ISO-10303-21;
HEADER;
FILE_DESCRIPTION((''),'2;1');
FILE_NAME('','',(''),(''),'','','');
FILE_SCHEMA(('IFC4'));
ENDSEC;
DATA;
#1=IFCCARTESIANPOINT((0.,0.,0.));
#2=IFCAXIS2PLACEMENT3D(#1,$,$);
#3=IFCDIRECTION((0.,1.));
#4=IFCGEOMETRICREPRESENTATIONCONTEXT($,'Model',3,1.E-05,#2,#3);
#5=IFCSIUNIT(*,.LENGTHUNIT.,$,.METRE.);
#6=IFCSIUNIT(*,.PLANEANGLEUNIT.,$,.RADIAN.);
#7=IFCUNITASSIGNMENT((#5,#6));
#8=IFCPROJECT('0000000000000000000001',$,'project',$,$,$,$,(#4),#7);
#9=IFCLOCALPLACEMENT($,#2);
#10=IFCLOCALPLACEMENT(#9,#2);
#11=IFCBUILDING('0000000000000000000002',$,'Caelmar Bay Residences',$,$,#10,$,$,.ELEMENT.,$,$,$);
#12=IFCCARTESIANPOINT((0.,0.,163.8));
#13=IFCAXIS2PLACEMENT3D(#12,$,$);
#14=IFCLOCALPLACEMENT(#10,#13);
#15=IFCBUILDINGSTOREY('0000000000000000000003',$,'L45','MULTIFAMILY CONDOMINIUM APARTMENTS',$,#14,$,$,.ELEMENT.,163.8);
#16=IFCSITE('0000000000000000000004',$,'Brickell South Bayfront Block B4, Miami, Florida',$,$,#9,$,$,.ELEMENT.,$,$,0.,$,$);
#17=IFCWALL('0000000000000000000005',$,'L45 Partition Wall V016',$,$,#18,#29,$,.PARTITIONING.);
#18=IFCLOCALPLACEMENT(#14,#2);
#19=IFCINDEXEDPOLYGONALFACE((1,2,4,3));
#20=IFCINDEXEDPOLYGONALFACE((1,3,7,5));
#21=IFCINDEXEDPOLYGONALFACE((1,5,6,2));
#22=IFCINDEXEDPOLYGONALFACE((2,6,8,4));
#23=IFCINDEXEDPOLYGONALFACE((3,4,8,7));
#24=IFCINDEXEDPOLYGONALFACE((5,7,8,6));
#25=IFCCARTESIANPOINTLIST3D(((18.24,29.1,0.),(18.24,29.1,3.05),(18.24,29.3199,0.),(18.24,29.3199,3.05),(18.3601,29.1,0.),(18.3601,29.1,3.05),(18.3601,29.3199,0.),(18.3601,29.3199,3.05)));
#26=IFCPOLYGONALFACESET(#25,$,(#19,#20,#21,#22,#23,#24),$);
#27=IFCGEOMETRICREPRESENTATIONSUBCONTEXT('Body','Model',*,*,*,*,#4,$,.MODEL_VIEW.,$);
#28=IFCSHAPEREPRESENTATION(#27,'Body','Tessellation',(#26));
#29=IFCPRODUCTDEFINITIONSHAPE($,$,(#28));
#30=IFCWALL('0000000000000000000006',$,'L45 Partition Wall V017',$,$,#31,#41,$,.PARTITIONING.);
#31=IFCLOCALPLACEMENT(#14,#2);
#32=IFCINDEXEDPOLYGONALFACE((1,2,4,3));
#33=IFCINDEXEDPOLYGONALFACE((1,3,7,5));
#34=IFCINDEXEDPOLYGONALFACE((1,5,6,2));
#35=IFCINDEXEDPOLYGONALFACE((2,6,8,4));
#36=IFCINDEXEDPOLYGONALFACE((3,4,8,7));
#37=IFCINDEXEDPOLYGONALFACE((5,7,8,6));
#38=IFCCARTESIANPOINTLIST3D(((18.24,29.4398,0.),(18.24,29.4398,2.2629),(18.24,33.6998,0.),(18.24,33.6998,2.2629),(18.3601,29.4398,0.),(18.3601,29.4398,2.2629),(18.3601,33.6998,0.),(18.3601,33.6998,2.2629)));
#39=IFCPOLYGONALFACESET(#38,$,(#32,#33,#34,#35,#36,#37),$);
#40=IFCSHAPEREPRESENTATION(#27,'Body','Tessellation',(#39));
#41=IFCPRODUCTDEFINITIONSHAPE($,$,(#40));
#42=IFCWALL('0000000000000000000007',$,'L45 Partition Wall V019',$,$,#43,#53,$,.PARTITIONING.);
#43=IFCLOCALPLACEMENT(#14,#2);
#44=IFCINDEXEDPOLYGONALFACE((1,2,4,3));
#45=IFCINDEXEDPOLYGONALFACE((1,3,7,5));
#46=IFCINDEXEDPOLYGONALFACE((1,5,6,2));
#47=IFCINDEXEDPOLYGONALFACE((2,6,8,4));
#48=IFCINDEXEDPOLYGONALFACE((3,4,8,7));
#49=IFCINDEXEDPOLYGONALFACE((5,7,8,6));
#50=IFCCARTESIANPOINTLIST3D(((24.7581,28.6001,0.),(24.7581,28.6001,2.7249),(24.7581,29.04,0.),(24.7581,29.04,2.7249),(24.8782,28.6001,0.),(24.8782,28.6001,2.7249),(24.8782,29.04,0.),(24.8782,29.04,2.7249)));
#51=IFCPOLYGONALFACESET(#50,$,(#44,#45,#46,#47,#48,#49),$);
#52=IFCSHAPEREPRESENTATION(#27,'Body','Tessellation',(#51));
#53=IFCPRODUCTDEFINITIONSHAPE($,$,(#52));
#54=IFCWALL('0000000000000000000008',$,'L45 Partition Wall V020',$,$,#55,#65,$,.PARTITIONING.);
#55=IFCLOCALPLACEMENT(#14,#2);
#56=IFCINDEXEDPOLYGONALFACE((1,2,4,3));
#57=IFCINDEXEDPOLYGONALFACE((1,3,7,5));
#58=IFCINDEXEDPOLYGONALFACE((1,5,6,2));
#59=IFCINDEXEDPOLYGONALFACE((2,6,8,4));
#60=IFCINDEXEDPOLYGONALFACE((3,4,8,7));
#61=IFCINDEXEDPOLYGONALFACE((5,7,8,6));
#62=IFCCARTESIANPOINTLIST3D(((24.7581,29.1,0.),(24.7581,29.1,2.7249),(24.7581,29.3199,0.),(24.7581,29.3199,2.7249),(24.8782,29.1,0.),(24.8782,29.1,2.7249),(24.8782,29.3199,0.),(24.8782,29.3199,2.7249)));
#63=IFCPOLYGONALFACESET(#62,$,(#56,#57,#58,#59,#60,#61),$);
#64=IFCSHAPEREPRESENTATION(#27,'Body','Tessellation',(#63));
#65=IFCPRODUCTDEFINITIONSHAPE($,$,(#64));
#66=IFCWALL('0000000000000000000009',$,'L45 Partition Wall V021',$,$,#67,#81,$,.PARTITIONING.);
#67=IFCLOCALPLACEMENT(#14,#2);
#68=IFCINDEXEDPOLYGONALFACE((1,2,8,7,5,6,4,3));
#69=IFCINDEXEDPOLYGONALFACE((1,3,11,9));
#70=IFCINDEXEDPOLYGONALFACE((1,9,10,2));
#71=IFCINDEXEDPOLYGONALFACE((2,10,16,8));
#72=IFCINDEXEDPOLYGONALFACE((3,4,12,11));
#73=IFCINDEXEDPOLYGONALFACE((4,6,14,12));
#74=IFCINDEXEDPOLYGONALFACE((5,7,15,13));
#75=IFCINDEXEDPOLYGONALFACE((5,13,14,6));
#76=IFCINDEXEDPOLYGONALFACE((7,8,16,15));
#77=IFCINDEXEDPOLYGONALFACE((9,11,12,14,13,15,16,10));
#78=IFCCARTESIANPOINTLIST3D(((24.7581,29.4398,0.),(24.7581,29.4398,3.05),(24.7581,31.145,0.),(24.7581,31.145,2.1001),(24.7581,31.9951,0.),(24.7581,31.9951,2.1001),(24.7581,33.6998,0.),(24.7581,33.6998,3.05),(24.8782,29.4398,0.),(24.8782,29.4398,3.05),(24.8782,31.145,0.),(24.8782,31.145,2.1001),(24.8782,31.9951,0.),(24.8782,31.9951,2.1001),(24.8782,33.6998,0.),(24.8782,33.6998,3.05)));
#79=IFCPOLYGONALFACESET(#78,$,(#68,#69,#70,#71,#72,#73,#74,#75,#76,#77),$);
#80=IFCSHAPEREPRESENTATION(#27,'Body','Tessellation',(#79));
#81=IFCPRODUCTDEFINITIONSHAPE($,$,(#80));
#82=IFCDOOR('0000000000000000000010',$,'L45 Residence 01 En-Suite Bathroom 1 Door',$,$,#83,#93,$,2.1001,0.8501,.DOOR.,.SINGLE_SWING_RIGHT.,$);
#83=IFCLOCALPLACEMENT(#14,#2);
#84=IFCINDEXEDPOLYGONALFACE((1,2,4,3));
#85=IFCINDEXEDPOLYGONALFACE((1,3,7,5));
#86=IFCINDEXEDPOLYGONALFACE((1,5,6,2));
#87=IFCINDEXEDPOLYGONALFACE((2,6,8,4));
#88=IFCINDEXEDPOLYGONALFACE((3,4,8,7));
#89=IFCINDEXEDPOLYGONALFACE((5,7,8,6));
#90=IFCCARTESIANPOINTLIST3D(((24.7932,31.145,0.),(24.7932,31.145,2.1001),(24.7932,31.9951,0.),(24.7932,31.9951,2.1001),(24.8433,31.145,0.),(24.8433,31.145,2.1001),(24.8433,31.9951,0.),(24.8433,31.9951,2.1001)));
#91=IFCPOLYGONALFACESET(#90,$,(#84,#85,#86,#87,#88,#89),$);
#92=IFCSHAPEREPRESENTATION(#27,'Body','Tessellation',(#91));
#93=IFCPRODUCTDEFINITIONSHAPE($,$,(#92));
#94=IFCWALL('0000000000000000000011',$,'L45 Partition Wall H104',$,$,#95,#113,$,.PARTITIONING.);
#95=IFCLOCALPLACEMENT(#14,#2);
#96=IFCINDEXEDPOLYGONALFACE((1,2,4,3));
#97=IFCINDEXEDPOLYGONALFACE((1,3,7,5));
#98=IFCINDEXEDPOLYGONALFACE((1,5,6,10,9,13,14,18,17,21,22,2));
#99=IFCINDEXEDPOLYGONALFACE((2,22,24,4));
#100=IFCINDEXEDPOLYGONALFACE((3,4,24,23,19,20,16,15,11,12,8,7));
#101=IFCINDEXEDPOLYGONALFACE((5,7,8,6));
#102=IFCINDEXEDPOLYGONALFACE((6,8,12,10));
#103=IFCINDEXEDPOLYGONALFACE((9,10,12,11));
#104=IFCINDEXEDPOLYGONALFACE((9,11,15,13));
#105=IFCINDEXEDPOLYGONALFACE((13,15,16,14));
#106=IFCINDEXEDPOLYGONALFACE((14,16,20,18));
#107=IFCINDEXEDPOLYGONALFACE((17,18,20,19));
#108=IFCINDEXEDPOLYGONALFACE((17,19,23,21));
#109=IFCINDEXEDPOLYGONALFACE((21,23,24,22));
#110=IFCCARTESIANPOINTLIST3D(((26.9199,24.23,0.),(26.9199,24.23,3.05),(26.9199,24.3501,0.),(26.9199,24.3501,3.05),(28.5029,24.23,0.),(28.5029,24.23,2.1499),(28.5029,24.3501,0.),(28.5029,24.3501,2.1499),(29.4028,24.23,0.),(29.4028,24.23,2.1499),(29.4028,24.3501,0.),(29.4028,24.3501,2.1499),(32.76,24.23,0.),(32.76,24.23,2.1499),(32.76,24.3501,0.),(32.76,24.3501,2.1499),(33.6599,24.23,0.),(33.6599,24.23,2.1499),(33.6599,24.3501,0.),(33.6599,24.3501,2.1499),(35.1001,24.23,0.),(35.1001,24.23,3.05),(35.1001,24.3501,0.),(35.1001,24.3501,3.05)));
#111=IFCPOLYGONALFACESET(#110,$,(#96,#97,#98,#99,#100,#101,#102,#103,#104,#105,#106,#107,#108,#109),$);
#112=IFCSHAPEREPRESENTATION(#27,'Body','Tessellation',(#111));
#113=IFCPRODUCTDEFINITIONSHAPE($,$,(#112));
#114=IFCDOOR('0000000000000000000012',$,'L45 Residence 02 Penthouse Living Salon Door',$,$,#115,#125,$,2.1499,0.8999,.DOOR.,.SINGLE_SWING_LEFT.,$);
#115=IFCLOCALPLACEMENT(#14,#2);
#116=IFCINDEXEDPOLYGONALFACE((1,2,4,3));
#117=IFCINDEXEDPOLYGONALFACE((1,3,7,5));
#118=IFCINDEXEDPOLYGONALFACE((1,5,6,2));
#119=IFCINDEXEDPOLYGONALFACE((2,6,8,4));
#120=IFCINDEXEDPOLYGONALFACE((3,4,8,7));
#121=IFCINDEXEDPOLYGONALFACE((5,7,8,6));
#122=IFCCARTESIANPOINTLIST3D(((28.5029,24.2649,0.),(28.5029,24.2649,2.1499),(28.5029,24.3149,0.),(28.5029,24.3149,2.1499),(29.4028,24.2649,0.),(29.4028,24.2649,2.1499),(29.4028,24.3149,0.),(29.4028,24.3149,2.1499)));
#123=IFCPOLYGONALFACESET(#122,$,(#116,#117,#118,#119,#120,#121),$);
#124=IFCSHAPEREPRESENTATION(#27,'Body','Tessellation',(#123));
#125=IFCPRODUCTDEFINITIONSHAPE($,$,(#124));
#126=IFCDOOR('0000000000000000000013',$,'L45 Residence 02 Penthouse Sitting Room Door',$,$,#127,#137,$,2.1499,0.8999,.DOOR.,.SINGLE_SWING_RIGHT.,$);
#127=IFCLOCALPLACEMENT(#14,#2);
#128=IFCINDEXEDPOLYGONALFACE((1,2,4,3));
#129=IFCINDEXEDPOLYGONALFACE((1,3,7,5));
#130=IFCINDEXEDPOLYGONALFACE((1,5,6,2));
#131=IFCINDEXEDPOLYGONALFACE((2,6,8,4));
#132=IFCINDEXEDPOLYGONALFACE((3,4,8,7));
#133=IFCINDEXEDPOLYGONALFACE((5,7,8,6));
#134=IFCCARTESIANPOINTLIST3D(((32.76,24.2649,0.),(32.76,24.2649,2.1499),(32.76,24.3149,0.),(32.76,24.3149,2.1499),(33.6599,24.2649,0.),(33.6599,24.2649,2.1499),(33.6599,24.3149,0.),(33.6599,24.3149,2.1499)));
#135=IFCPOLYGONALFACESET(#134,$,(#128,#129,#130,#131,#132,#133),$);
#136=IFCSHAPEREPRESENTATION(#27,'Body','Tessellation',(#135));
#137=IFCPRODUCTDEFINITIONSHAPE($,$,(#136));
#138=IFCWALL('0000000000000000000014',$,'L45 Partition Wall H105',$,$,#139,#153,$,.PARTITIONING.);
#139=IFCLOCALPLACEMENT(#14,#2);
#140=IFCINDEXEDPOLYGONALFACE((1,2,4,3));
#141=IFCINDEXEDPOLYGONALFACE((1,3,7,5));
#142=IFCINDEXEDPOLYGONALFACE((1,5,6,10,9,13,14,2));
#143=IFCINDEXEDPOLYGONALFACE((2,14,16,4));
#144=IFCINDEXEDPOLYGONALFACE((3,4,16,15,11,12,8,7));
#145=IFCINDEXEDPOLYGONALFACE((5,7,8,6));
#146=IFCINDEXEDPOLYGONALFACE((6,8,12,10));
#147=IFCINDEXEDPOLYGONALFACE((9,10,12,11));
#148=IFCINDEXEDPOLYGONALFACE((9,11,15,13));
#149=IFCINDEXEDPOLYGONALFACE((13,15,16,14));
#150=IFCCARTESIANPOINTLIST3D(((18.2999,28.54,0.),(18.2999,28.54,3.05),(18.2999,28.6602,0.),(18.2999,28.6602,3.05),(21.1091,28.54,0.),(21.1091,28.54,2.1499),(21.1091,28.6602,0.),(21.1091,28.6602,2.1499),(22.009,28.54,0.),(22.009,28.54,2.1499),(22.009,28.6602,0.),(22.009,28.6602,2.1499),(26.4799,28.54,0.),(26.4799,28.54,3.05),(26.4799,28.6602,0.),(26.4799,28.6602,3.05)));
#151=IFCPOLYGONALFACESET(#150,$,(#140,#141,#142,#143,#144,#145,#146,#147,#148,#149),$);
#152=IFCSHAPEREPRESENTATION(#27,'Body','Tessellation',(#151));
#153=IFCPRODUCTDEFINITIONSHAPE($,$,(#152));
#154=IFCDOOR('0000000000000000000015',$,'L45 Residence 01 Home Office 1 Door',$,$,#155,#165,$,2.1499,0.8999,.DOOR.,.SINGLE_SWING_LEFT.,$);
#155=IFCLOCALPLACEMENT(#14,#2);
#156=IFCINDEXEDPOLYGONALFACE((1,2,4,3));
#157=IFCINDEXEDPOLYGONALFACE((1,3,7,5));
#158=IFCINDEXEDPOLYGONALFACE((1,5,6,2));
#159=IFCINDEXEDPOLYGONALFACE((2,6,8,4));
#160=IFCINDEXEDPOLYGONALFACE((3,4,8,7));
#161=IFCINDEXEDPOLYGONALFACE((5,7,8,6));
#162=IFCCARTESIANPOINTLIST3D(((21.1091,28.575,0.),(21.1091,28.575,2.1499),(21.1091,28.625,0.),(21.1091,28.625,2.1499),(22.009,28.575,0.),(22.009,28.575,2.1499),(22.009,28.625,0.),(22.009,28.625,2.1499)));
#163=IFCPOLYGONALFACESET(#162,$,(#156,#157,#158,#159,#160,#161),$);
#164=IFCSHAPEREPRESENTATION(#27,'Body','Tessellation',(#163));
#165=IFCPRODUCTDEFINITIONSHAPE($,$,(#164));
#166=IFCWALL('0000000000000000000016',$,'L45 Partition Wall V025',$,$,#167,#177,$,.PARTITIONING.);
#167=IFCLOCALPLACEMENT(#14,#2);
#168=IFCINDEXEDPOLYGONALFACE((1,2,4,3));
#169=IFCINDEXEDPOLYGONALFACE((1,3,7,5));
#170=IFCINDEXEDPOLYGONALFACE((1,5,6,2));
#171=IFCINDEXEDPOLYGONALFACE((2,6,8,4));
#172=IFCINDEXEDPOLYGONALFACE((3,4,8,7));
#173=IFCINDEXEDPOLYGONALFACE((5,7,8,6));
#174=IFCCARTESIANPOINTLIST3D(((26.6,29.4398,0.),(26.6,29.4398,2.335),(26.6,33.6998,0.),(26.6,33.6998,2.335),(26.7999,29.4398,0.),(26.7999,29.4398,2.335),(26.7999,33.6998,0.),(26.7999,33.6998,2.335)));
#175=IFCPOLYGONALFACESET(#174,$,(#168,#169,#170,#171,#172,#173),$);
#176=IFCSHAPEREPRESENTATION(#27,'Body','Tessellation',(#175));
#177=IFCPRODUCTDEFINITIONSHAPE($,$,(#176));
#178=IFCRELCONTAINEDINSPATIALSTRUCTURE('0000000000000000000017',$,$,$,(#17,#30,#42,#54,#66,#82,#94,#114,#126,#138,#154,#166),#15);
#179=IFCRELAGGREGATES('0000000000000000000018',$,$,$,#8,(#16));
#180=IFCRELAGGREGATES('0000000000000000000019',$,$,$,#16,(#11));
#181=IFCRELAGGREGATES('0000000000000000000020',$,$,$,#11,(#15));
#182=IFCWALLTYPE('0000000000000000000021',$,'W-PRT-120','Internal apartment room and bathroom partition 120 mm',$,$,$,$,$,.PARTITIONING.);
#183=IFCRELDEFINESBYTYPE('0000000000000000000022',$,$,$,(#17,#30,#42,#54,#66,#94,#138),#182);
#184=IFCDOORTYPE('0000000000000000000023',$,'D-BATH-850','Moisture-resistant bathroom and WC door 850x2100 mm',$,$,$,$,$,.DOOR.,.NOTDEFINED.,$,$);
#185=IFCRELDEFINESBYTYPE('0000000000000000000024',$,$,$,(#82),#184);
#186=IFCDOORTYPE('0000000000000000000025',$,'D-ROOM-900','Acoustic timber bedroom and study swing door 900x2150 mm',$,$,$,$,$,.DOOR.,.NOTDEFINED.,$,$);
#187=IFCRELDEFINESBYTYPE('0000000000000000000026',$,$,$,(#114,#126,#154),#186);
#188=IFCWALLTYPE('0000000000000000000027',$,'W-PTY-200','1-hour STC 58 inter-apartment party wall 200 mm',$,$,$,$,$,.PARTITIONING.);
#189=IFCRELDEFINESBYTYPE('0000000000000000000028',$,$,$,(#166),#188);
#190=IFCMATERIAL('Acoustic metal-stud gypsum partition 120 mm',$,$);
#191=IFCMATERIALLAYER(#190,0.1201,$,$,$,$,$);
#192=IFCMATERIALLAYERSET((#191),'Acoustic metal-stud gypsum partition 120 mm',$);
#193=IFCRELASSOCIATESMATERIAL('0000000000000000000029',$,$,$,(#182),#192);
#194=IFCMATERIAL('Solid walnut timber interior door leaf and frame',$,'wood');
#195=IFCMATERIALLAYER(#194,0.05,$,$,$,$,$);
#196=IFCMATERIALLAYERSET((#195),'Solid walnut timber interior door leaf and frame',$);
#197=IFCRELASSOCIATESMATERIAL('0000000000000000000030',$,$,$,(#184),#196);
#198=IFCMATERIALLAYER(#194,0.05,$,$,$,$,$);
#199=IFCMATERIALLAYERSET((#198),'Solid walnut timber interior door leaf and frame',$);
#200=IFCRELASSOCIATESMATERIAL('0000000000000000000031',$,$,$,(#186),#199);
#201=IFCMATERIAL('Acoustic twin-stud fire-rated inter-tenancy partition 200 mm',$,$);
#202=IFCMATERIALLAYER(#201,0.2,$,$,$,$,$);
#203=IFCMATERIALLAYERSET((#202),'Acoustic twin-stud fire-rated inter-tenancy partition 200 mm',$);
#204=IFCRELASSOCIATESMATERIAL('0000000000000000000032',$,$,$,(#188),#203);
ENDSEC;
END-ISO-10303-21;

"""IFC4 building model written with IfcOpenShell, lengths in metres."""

from ifc_helpers import new_model, si_unit, direction, frame, frame_2d, origin, place, context, subcontext, project, spatial, rectangle, extrude, material, layer, layer_set, type_object, element, fill, save


model = new_model("IFC4")

# Units and contexts
model_context = context("Model", 3, precision=1e-05, world=origin(), true_north=direction((0.0, 1.0)))
body_context = subcontext(model_context, "Body", "Model", "MODEL_VIEW")
ifc_project = project(units=[si_unit("LENGTHUNIT", "METRE"), si_unit("PLANEANGLEUNIT", "RADIAN")], contexts=[model_context])

# Site, building, storey
site_placement = place(None, origin())
site = spatial("IfcSite", under=ifc_project, at=site_placement, Name="Brickell South Bayfront Block B4, Miami, Florida", CompositionType="ELEMENT", RefElevation=0.0)
building_placement = place(site_placement, origin())
building = spatial("IfcBuilding", under=site, at=building_placement, Name="Caelmar Bay Residences", CompositionType="ELEMENT")
storey_placement = place(building_placement, frame((0.0, 0.0, 163.8)))
storey = spatial("IfcBuildingStorey", under=building, at=storey_placement, Name="L45", Description="MULTIFAMILY CONDOMINIUM APARTMENTS", CompositionType="ELEMENT", Elevation=163.8)

# Walls
ifc_material_1 = material(Name="Acoustic metal-stud gypsum partition 120 mm")
ifc_layer_1 = layer(ifc_material_1, 0.1201)
ifc_layer_set_1 = layer_set([ifc_layer_1], Name="Acoustic metal-stud gypsum partition 120 mm")
wall_type_1 = type_object("IfcWallType", Name="W-PRT-120", Description="Internal apartment room and bathroom partition 120 mm", PredefinedType="PARTITIONING", material=ifc_layer_set_1)
wall_1_placement = place(storey_placement, frame((18.3, 29.1001, 0.0), z_axis=(0.0, 0.0, 1.0), x_axis=(0.0, 1.0, 0.0)))
element("IfcWall", 1, at=wall_1_placement, inside=storey, type_object=wall_type_1, Name="L45 Partition Wall V016", PredefinedType="PARTITIONING", context=body_context, shape_type="SweptSolid", body=[
    extrude(rectangle(XDim=0.22, YDim=0.1201, at=frame_2d((0.1099, 0.0))), origin(), (0.0, 0.0, 1.0), 3.05),
])
wall_2_placement = place(storey_placement, frame((18.3, 29.4399, 0.0), z_axis=(0.0, 0.0, 1.0), x_axis=(0.0, 1.0, 0.0)))
element("IfcWall", 2, at=wall_2_placement, inside=storey, type_object=wall_type_1, Name="L45 Partition Wall V017", PredefinedType="PARTITIONING", context=body_context, shape_type="SweptSolid", body=[
    extrude(rectangle(XDim=4.26, YDim=0.1201, at=frame_2d((2.1299, 0.0))), origin(), (0.0, 0.0, 1.0), 2.2629),
])
wall_3_placement = place(storey_placement, frame((24.8181, 28.6001, 0.0), z_axis=(0.0, 0.0, 1.0), x_axis=(0.0, 1.0, 0.0)))
element("IfcWall", 3, at=wall_3_placement, inside=storey, type_object=wall_type_1, Name="L45 Partition Wall V019", PredefinedType="PARTITIONING", context=body_context, shape_type="SweptSolid", body=[
    extrude(rectangle(XDim=0.4399, YDim=0.1201, at=frame_2d((0.22, 0.0))), origin(), (0.0, 0.0, 1.0), 2.7249),
])
wall_4_placement = place(storey_placement, frame((24.8181, 29.1001, 0.0), z_axis=(0.0, 0.0, 1.0), x_axis=(0.0, 1.0, 0.0)))
element("IfcWall", 4, at=wall_4_placement, inside=storey, type_object=wall_type_1, Name="L45 Partition Wall V020", PredefinedType="PARTITIONING", context=body_context, shape_type="SweptSolid", body=[
    extrude(rectangle(XDim=0.22, YDim=0.1201, at=frame_2d((0.1099, 0.0))), origin(), (0.0, 0.0, 1.0), 2.7249),
])

# Wall, opening, door
wall_5_placement = place(storey_placement, frame((24.8181, 29.4399, 0.0), z_axis=(0.0, 0.0, 1.0), x_axis=(0.0, 1.0, 0.0)))
wall_5 = element("IfcWall", 5, at=wall_5_placement, inside=storey, type_object=wall_type_1, Name="L45 Partition Wall V021", PredefinedType="PARTITIONING", context=body_context, shape_type="SweptSolid", body=[
    extrude(rectangle(XDim=4.26, YDim=0.1201, at=frame_2d((2.1299, 0.0))), origin(), (0.0, 0.0, 1.0), 3.05),
])
opening_1_placement = place(wall_5_placement, frame((1.7051, 0.0, 0.0)))
opening_1 = element("IfcOpeningElement", 6, at=opening_1_placement, cuts=wall_5, PredefinedType="OPENING", context=body_context, shape_type="SweptSolid", body=[
    extrude(rectangle(XDim=0.8501, YDim=2.1001, at=frame_2d((0.425, 1.05))), frame((0.0, 0.0701, 0.0), z_axis=(0.0, -1.0, 0.0), x_axis=(1.0, 0.0, 0.0)), (0.0, 0.0, 1.0), 0.1401),
])
ifc_material_2 = material(Name="Solid walnut timber interior door leaf and frame", Category="wood")
ifc_layer_2 = layer(ifc_material_2, 0.05)
ifc_layer_set_2 = layer_set([ifc_layer_2], Name="Solid walnut timber interior door leaf and frame")
door_type_1 = type_object("IfcDoorType", Name="D-BATH-850", Description="Moisture-resistant bathroom and WC door 850x2100 mm", OperationType="NOTDEFINED", PredefinedType="DOOR", material=ifc_layer_set_2)
door_1_placement = place(opening_1_placement, origin())
door_1 = element("IfcDoor", 7, at=door_1_placement, inside=storey, type_object=door_type_1, Name="L45 Residence 01 En-Suite Bathroom 1 Door", OperationType="SINGLE_SWING_RIGHT", OverallHeight=2.1001, OverallWidth=0.8501, PredefinedType="DOOR", context=body_context, shape_type="SweptSolid", body=[
    extrude(rectangle(XDim=0.8501, YDim=2.1001, at=frame_2d((0.425, 1.05))), frame((0.0, 0.0249, 0.0), z_axis=(0.0, -1.0, 0.0), x_axis=(1.0, 0.0, 0.0)), (0.0, 0.0, 1.0), 0.05),
])
fill(opening_1, door_1)

# Wall, openings, doors
wall_6_placement = place(storey_placement, frame((26.9199, 24.29, 0.0), z_axis=(0.0, 0.0, 1.0), x_axis=(1.0, 0.0, 0.0)))
wall_6 = element("IfcWall", 8, at=wall_6_placement, inside=storey, type_object=wall_type_1, Name="L45 Partition Wall H104", PredefinedType="PARTITIONING", context=body_context, shape_type="SweptSolid", body=[
    extrude(rectangle(XDim=8.1802, YDim=0.1201, at=frame_2d((4.0901, 0.0))), origin(), (0.0, 0.0, 1.0), 3.05),
])
opening_2_placement = place(wall_6_placement, frame((1.583, 0.0, 0.0)))
opening_2 = element("IfcOpeningElement", 9, at=opening_2_placement, cuts=wall_6, PredefinedType="OPENING", context=body_context, shape_type="SweptSolid", body=[
    extrude(rectangle(XDim=0.8999, YDim=2.1499, at=frame_2d((0.45, 1.075))), frame((0.0, 0.0701, 0.0), z_axis=(0.0, -1.0, 0.0), x_axis=(1.0, 0.0, 0.0)), (0.0, 0.0, 1.0), 0.1401),
])
opening_3_placement = place(wall_6_placement, frame((5.8401, 0.0, 0.0)))
opening_3 = element("IfcOpeningElement", 10, at=opening_3_placement, cuts=wall_6, PredefinedType="OPENING", context=body_context, shape_type="SweptSolid", body=[
    extrude(rectangle(XDim=0.8999, YDim=2.1499, at=frame_2d((0.45, 1.075))), frame((0.0, 0.0701, 0.0), z_axis=(0.0, -1.0, 0.0), x_axis=(1.0, 0.0, 0.0)), (0.0, 0.0, 1.0), 0.1401),
])
ifc_layer_3 = layer(ifc_material_2, 0.05)
ifc_layer_set_3 = layer_set([ifc_layer_3], Name="Solid walnut timber interior door leaf and frame")
door_type_2 = type_object("IfcDoorType", Name="D-ROOM-900", Description="Acoustic timber bedroom and study swing door 900x2150 mm", OperationType="NOTDEFINED", PredefinedType="DOOR", material=ifc_layer_set_3)
door_2_placement = place(opening_2_placement, origin())
door_2 = element("IfcDoor", 11, at=door_2_placement, inside=storey, type_object=door_type_2, Name="L45 Residence 02 Penthouse Living Salon Door", OperationType="SINGLE_SWING_LEFT", OverallHeight=2.1499, OverallWidth=0.8999, PredefinedType="DOOR", context=body_context, shape_type="SweptSolid", body=[
    extrude(rectangle(XDim=0.8999, YDim=2.1499, at=frame_2d((0.45, 1.075))), frame((0.0, 0.0249, 0.0), z_axis=(0.0, -1.0, 0.0), x_axis=(1.0, 0.0, 0.0)), (0.0, 0.0, 1.0), 0.05),
])
fill(opening_2, door_2)
door_3_placement = place(opening_3_placement, origin())
door_3 = element("IfcDoor", 12, at=door_3_placement, inside=storey, type_object=door_type_2, Name="L45 Residence 02 Penthouse Sitting Room Door", OperationType="SINGLE_SWING_RIGHT", OverallHeight=2.1499, OverallWidth=0.8999, PredefinedType="DOOR", context=body_context, shape_type="SweptSolid", body=[
    extrude(rectangle(XDim=0.8999, YDim=2.1499, at=frame_2d((0.45, 1.075))), frame((0.0, 0.0249, 0.0), z_axis=(0.0, -1.0, 0.0), x_axis=(1.0, 0.0, 0.0)), (0.0, 0.0, 1.0), 0.05),
])
fill(opening_3, door_3)

# Wall, opening, door
wall_7_placement = place(storey_placement, frame((18.3, 28.6001, 0.0), z_axis=(0.0, 0.0, 1.0), x_axis=(1.0, 0.0, 0.0)))
wall_7 = element("IfcWall", 13, at=wall_7_placement, inside=storey, type_object=wall_type_1, Name="L45 Partition Wall H105", PredefinedType="PARTITIONING", context=body_context, shape_type="SweptSolid", body=[
    extrude(rectangle(XDim=8.1799, YDim=0.1201, at=frame_2d((4.0898, 0.0))), origin(), (0.0, 0.0, 1.0), 3.05),
])
opening_4_placement = place(wall_7_placement, frame((2.8091, 0.0, 0.0)))
opening_4 = element("IfcOpeningElement", 14, at=opening_4_placement, cuts=wall_7, PredefinedType="OPENING", context=body_context, shape_type="SweptSolid", body=[
    extrude(rectangle(XDim=0.8999, YDim=2.1499, at=frame_2d((0.45, 1.075))), frame((0.0, 0.0701, 0.0), z_axis=(0.0, -1.0, 0.0), x_axis=(1.0, 0.0, 0.0)), (0.0, 0.0, 1.0), 0.1401),
])
door_4_placement = place(opening_4_placement, origin())
door_4 = element("IfcDoor", 15, at=door_4_placement, inside=storey, type_object=door_type_2, Name="L45 Residence 01 Home Office 1 Door", OperationType="SINGLE_SWING_LEFT", OverallHeight=2.1499, OverallWidth=0.8999, PredefinedType="DOOR", context=body_context, shape_type="SweptSolid", body=[
    extrude(rectangle(XDim=0.8999, YDim=2.1499, at=frame_2d((0.45, 1.075))), frame((0.0, 0.0249, 0.0), z_axis=(0.0, -1.0, 0.0), x_axis=(1.0, 0.0, 0.0)), (0.0, 0.0, 1.0), 0.05),
])
fill(opening_4, door_4)

# Wall
ifc_material_3 = material(Name="Acoustic twin-stud fire-rated inter-tenancy partition 200 mm")
ifc_layer_4 = layer(ifc_material_3, 0.2)
ifc_layer_set_4 = layer_set([ifc_layer_4], Name="Acoustic twin-stud fire-rated inter-tenancy partition 200 mm")
wall_type_2 = type_object("IfcWallType", Name="W-PTY-200", Description="1-hour STC 58 inter-apartment party wall 200 mm", PredefinedType="PARTITIONING", material=ifc_layer_set_4)
wall_8_placement = place(storey_placement, frame((26.7, 29.4399, 0.0), z_axis=(0.0, 0.0, 1.0), x_axis=(0.0, 1.0, 0.0)))
element("IfcWall", 16, at=wall_8_placement, inside=storey, type_object=wall_type_2, Name="L45 Partition Wall V025", PredefinedType="PARTITIONING", context=body_context, shape_type="SweptSolid", body=[
    extrude(rectangle(XDim=4.26, YDim=0.2, at=frame_2d((2.1299, 0.0))), origin(), (0.0, 0.0, 1.0), 2.335),
])

save(model, "model.ifc")
